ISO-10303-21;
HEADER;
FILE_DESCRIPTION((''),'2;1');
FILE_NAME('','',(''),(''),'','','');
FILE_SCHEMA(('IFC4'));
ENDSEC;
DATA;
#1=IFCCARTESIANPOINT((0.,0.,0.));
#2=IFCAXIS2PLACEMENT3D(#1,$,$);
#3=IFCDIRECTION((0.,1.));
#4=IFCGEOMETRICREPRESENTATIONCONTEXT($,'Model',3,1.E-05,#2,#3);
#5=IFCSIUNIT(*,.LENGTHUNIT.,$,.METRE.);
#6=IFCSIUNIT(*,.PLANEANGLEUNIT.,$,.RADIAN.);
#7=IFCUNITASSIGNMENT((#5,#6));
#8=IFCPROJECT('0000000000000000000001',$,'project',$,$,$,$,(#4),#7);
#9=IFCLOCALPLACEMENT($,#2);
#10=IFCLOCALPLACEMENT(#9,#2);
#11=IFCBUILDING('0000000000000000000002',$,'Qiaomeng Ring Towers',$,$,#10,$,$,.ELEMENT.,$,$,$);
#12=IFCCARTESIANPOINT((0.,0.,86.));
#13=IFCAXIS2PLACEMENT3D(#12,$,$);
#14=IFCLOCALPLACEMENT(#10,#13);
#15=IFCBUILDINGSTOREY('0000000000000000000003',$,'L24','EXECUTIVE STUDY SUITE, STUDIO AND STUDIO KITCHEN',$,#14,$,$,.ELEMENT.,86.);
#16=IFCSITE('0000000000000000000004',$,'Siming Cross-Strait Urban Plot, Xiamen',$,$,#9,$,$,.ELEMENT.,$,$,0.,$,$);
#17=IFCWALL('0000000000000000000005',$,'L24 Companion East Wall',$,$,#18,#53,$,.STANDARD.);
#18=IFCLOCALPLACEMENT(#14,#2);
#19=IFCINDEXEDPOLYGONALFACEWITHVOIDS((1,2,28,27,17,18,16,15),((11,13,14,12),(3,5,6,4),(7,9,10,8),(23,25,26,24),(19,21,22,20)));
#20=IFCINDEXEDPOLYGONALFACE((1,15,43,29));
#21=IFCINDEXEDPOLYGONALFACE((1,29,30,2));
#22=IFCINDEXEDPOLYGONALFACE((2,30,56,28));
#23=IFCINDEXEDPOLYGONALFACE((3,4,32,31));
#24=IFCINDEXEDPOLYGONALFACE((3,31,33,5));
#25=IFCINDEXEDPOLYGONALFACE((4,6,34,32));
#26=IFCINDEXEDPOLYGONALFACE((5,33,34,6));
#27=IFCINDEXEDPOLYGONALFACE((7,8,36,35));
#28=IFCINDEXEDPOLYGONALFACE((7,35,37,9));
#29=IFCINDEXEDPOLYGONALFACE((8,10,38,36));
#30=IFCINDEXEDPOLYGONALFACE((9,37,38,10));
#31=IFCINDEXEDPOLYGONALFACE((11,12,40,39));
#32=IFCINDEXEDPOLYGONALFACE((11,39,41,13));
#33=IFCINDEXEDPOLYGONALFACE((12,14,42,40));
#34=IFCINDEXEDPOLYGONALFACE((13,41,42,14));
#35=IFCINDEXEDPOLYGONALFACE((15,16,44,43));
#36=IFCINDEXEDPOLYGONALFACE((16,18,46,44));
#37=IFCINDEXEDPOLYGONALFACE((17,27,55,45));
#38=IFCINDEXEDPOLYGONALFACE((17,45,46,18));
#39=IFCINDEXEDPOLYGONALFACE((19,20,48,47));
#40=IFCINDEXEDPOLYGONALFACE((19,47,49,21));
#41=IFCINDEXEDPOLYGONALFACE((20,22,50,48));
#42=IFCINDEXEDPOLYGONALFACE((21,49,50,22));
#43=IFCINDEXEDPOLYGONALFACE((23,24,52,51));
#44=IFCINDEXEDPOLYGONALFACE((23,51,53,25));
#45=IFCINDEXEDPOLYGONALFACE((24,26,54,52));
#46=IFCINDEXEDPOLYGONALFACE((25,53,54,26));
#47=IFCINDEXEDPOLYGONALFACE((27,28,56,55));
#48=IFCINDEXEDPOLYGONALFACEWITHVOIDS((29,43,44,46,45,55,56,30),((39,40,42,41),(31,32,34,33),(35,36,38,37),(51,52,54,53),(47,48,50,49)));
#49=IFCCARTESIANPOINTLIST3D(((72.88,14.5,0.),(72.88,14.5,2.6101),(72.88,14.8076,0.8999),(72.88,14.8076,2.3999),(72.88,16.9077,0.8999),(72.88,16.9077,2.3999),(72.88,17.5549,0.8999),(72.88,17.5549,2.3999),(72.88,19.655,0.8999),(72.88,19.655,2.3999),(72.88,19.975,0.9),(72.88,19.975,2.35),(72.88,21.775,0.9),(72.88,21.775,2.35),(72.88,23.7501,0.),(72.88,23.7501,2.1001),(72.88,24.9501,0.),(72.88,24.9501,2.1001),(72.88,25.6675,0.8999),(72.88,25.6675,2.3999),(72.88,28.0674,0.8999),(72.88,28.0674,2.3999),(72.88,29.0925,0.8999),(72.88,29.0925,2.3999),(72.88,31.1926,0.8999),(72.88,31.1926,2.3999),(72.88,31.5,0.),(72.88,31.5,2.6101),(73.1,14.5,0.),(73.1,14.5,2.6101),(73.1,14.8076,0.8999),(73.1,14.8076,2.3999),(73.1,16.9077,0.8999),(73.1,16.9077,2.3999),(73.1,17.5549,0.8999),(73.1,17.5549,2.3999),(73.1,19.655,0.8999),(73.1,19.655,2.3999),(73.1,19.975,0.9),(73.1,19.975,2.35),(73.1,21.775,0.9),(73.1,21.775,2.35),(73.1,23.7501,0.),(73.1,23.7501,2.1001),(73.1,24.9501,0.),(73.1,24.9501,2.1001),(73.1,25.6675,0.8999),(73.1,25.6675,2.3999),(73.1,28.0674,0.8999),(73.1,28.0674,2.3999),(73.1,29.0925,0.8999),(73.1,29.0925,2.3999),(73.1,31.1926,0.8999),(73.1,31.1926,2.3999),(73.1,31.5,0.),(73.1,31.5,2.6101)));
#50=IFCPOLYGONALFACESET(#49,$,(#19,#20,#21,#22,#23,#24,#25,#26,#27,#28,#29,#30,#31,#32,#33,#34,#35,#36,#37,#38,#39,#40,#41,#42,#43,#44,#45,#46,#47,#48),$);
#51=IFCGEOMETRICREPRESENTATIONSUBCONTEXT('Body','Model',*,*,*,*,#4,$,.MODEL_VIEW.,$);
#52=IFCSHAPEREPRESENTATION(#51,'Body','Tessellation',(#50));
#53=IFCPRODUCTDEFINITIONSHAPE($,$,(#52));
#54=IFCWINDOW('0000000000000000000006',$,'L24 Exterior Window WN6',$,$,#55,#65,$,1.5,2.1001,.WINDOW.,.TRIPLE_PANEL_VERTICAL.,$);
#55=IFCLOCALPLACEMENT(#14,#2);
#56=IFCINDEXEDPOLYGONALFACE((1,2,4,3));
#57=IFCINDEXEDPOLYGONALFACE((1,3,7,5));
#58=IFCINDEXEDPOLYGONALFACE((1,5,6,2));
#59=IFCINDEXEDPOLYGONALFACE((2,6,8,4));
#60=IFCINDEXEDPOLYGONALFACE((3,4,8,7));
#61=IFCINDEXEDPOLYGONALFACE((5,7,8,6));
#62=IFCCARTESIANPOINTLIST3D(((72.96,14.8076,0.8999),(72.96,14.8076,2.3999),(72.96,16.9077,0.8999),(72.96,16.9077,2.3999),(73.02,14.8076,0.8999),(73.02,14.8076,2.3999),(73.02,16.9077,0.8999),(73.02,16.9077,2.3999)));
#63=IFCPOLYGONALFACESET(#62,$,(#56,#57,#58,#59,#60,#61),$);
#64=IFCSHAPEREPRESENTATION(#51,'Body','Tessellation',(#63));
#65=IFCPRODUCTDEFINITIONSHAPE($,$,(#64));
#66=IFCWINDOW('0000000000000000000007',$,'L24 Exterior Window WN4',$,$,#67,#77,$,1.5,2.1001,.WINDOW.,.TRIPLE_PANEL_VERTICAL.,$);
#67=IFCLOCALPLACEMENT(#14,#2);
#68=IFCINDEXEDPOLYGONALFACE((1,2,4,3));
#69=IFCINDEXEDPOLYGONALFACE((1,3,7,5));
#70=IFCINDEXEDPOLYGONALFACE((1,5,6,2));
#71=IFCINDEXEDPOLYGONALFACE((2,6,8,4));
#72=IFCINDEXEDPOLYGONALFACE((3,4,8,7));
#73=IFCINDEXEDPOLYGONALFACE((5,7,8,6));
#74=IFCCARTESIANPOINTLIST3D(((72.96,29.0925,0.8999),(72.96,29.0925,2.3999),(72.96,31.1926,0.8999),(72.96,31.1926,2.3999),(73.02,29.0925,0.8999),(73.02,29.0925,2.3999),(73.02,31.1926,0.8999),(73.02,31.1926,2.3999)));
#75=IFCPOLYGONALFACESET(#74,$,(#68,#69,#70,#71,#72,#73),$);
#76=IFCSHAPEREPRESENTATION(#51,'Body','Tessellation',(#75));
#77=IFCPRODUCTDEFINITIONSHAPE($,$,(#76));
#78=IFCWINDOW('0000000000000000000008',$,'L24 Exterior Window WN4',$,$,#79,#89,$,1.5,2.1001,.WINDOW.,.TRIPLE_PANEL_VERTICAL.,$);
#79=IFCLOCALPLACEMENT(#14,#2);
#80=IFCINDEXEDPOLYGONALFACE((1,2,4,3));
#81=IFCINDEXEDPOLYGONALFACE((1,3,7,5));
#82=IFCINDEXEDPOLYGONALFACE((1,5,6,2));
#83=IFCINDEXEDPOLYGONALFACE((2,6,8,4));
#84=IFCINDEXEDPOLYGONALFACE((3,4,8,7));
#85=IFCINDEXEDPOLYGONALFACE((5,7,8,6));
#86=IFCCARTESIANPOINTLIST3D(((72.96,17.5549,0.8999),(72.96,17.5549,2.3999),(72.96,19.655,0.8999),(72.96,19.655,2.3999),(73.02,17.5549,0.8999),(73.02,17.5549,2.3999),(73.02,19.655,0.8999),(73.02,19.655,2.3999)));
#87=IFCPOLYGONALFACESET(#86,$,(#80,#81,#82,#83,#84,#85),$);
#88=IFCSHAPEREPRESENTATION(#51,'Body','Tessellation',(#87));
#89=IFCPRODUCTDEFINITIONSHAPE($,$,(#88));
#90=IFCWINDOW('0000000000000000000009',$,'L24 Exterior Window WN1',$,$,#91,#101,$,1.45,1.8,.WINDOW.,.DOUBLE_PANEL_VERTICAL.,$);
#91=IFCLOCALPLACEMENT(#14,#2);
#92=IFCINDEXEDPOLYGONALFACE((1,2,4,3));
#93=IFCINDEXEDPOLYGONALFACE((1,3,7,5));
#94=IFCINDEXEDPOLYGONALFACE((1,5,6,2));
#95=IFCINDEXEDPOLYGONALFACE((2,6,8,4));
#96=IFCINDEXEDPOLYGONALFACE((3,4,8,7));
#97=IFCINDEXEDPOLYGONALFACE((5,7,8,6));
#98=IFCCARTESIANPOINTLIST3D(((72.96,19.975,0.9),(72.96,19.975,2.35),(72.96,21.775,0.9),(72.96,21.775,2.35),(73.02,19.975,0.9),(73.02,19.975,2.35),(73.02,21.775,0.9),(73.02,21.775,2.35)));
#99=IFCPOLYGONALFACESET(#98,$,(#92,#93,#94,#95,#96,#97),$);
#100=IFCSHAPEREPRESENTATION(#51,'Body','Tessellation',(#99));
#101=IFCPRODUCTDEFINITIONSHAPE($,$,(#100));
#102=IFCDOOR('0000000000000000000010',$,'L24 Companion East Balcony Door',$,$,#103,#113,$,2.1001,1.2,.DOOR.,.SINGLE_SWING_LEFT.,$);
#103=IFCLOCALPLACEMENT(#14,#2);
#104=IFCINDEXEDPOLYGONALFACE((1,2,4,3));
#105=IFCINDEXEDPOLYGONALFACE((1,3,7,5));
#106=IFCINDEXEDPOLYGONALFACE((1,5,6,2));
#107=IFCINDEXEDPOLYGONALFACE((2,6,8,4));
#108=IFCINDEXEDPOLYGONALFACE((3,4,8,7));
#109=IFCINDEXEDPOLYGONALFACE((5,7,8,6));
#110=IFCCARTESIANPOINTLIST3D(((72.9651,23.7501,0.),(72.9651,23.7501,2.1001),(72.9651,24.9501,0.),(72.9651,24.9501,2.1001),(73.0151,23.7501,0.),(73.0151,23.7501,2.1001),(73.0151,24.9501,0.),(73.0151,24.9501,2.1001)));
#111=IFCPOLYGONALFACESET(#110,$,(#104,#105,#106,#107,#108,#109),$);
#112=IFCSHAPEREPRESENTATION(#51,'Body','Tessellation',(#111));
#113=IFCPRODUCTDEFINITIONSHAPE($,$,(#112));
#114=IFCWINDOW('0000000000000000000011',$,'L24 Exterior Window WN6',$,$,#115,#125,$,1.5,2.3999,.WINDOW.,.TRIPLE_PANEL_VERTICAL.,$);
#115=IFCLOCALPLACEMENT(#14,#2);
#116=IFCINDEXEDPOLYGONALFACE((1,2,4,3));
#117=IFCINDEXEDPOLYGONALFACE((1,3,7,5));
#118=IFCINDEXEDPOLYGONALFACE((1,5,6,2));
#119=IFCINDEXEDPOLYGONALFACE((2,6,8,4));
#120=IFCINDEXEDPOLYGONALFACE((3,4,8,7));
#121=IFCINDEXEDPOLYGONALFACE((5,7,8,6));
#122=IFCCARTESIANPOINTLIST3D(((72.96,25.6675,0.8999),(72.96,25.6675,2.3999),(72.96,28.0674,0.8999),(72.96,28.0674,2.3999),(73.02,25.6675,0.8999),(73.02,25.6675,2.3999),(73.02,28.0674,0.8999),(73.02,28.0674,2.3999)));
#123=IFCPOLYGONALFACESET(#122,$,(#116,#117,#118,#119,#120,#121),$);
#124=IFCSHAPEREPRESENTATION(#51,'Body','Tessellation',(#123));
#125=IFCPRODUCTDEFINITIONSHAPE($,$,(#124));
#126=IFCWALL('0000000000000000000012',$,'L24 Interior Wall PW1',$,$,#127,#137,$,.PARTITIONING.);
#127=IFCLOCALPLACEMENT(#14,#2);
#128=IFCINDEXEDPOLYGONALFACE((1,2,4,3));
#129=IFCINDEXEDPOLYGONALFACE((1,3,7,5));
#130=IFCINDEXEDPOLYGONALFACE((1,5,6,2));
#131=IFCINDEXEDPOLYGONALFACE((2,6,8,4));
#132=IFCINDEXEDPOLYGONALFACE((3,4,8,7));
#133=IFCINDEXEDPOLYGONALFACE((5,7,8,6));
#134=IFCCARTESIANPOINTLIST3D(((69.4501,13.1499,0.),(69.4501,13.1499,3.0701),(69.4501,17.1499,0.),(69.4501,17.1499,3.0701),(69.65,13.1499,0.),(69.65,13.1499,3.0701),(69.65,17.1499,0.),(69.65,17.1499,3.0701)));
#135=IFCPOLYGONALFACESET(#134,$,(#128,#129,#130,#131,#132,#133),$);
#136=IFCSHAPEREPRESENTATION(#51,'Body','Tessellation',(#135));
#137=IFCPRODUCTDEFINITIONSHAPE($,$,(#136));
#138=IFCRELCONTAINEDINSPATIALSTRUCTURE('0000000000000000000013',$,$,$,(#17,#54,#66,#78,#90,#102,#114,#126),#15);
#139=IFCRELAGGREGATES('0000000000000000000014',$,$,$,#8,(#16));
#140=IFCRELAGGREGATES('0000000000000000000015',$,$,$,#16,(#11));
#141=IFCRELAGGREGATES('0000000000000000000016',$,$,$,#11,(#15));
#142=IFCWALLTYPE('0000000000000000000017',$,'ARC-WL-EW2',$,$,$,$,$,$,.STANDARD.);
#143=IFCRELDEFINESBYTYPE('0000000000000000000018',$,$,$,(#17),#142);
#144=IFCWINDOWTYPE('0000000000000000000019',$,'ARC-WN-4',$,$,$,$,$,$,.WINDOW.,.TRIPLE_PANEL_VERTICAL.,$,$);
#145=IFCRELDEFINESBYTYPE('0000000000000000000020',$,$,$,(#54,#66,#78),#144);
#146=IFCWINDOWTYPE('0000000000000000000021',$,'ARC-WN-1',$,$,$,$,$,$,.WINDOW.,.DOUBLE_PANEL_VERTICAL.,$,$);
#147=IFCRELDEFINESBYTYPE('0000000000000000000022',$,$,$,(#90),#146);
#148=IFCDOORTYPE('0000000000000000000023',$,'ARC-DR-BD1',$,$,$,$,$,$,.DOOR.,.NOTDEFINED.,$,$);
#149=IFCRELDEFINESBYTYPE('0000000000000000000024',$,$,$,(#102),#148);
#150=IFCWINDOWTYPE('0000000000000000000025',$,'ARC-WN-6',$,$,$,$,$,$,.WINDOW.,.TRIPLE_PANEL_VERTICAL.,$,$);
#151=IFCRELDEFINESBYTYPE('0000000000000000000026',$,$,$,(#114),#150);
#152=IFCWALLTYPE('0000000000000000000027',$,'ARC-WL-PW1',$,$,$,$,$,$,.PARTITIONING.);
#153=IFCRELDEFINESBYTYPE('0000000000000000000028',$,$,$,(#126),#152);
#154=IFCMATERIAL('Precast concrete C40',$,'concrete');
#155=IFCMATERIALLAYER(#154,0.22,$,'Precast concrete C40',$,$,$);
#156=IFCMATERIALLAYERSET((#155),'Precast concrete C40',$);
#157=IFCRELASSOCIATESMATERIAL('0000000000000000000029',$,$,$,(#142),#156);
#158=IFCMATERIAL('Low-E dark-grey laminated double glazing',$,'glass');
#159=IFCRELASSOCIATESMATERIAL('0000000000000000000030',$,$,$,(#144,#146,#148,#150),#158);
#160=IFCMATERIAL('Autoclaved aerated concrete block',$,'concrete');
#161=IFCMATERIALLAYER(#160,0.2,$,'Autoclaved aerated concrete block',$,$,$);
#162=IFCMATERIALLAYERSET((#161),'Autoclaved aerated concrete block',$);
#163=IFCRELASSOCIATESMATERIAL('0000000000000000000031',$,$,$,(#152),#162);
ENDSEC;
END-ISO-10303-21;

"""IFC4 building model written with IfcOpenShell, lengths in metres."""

from ifc_helpers import new_model, si_unit, direction, frame, frame_2d, origin, place, context, subcontext, project, spatial, rectangle, extrude, source, transform, mapped, material, layer, layer_set, type_object, element, fill, save


model = new_model("IFC4")

# Units and contexts
model_context = context("Model", 3, precision=1e-05, world=origin(), true_north=direction((0.0, 1.0)))
body_context = subcontext(model_context, "Body", "Model", "MODEL_VIEW")
ifc_project = project(units=[si_unit("LENGTHUNIT", "METRE"), si_unit("PLANEANGLEUNIT", "RADIAN")], contexts=[model_context])

# Site, building, storey
site_placement = place(None, origin())
site = spatial("IfcSite", under=ifc_project, at=site_placement, Name="Siming Cross-Strait Urban Plot, Xiamen", CompositionType="ELEMENT", RefElevation=0.0)
building_placement = place(site_placement, origin())
building = spatial("IfcBuilding", under=site, at=building_placement, Name="Qiaomeng Ring Towers", CompositionType="ELEMENT")
storey_placement = place(building_placement, frame((0.0, 0.0, 86.0)))
storey = spatial("IfcBuildingStorey", under=building, at=storey_placement, Name="L24", Description="EXECUTIVE STUDY SUITE, STUDIO AND STUDIO KITCHEN", CompositionType="ELEMENT", Elevation=86.0)

# Shared definitions
ifc_material_1 = material(Name="Low-E dark-grey laminated double glazing", Category="glass")

# Wall, openings, windows, door
ifc_material_2 = material(Name="Precast concrete C40", Category="concrete")
ifc_layer_1 = layer(ifc_material_2, 0.22, Name="Precast concrete C40")
ifc_layer_set_1 = layer_set([ifc_layer_1], Name="Precast concrete C40")
wall_type_1 = type_object("IfcWallType", Name="ARC-WL-EW2", PredefinedType="STANDARD", material=ifc_layer_set_1)
wall_1_placement = place(storey_placement, frame((72.99, 14.5, 0.0), z_axis=(0.0, 0.0, 1.0), x_axis=(0.0, 1.0, 0.0)))
wall_1 = element("IfcWall", 1, at=wall_1_placement, inside=storey, type_object=wall_type_1, Name="L24 Companion East Wall", PredefinedType="STANDARD", context=body_context, shape_type="SweptSolid", body=[
    extrude(rectangle(XDim=17.0, YDim=0.22, at=frame_2d((8.5, 0.0))), origin(), (0.0, 0.0, 1.0), 2.6101),
])
opening_1_placement = place(wall_1_placement, frame((9.25, 0.0, 0.0)))
opening_1 = element("IfcOpeningElement", 2, at=opening_1_placement, cuts=wall_1, PredefinedType="OPENING", context=body_context, shape_type="SweptSolid", body=[
    extrude(rectangle(XDim=1.2, YDim=2.1001, at=frame_2d((0.6001, 1.05))), frame((0.0, 0.1199, 0.0), z_axis=(0.0, -1.0, 0.0), x_axis=(1.0, 0.0, 0.0)), (0.0, 0.0, 1.0), 0.24),
])
opening_2_placement = place(wall_1_placement, frame((0.3076, 0.0, 0.8999)))
opening_2 = element("IfcOpeningElement", 3, at=opening_2_placement, cuts=wall_1, PredefinedType="OPENING", context=body_context, shape_type="SweptSolid", body=[
    extrude(rectangle(XDim=2.1001, YDim=1.5, at=frame_2d((1.05, 0.75))), frame((0.0, 0.1199, 0.0), z_axis=(0.0, -1.0, 0.0), x_axis=(1.0, 0.0, 0.0)), (0.0, 0.0, 1.0), 0.24),
])
opening_3_placement = place(wall_1_placement, frame((5.4751, 0.0, 0.8999)))
opening_3 = element("IfcOpeningElement", 4, at=opening_3_placement, cuts=wall_1, PredefinedType="OPENING", context=body_context, shape_type="SweptSolid", body=[
    extrude(rectangle(XDim=1.8, YDim=1.45, at=frame_2d((0.8999, 0.7251))), frame((0.0, 0.1199, 0.0), z_axis=(0.0, -1.0, 0.0), x_axis=(1.0, 0.0, 0.0)), (0.0, 0.0, 1.0), 0.24),
])
opening_4_placement = place(wall_1_placement, frame((14.5925, 0.0, 0.8999)))
opening_4 = element("IfcOpeningElement", 5, at=opening_4_placement, cuts=wall_1, PredefinedType="OPENING", context=body_context, shape_type="SweptSolid", body=[
    extrude(rectangle(XDim=2.1001, YDim=1.5, at=frame_2d((1.05, 0.75))), frame((0.0, 0.1199, 0.0), z_axis=(0.0, -1.0, 0.0), x_axis=(1.0, 0.0, 0.0)), (0.0, 0.0, 1.0), 0.24),
])
opening_5_placement = place(wall_1_placement, frame((3.0549, 0.0, 0.8999)))
opening_5 = element("IfcOpeningElement", 6, at=opening_5_placement, cuts=wall_1, PredefinedType="OPENING", context=body_context, shape_type="SweptSolid", body=[
    extrude(rectangle(XDim=2.1001, YDim=1.5, at=frame_2d((1.05, 0.75))), frame((0.0, 0.1199, 0.0), z_axis=(0.0, -1.0, 0.0), x_axis=(1.0, 0.0, 0.0)), (0.0, 0.0, 1.0), 0.24),
])
opening_6_placement = place(wall_1_placement, frame((11.1675, 0.0, 0.8999)))
opening_6 = element("IfcOpeningElement", 7, at=opening_6_placement, cuts=wall_1, PredefinedType="OPENING", context=body_context, shape_type="SweptSolid", body=[
    extrude(rectangle(XDim=2.3999, YDim=1.5, at=frame_2d((1.2, 0.75))), frame((0.0, 0.1199, 0.0), z_axis=(0.0, -1.0, 0.0), x_axis=(1.0, 0.0, 0.0)), (0.0, 0.0, 1.0), 0.24),
])
window_type_1 = type_object("IfcWindowType", Name="ARC-WN-4", PartitioningType="TRIPLE_PANEL_VERTICAL", PredefinedType="WINDOW", material=ifc_material_1)
shared_shape_1 = source(origin(), body_context, "Body", "SweptSolid", [
    extrude(rectangle(XDim=2.1001, YDim=1.5, at=frame_2d((1.05, 0.75))), frame((0.0, 0.03, 0.0), z_axis=(0.0, -1.0, 0.0), x_axis=(1.0, 0.0, 0.0)), (0.0, 0.0, 1.0), 0.0601),
])
window_1_placement = place(opening_2_placement, origin())
window_1 = element("IfcWindow", 8, at=window_1_placement, inside=storey, type_object=window_type_1, Name="L24 Exterior Window WN6", OverallHeight=1.5, OverallWidth=2.1001, PartitioningType="TRIPLE_PANEL_VERTICAL", PredefinedType="WINDOW", context=body_context, shape_type="MappedRepresentation", body=[
    mapped(shared_shape_1, transform((0.0, 0.0, 0.0), x_axis=(1.0, 0.0, 0.0), y_axis=(0.0, 1.0, 0.0), z_axis=(0.0, 0.0, 1.0), scale=1.0)),
])
fill(opening_2, window_1)
window_2_placement = place(opening_4_placement, origin())
window_2 = element("IfcWindow", 9, at=window_2_placement, inside=storey, type_object=window_type_1, Name="L24 Exterior Window WN4", OverallHeight=1.5, OverallWidth=2.1001, PartitioningType="TRIPLE_PANEL_VERTICAL", PredefinedType="WINDOW", context=body_context, shape_type="MappedRepresentation", body=[
    mapped(shared_shape_1, transform((0.0, 0.0, 0.0), x_axis=(1.0, 0.0, 0.0), y_axis=(0.0, 1.0, 0.0), z_axis=(0.0, 0.0, 1.0), scale=1.0)),
])
fill(opening_4, window_2)
window_3_placement = place(opening_5_placement, origin())
window_3 = element("IfcWindow", 10, at=window_3_placement, inside=storey, type_object=window_type_1, Name="L24 Exterior Window WN4", OverallHeight=1.5, OverallWidth=2.1001, PartitioningType="TRIPLE_PANEL_VERTICAL", PredefinedType="WINDOW", context=body_context, shape_type="MappedRepresentation", body=[
    mapped(shared_shape_1, transform((0.0, 0.0, 0.0), x_axis=(1.0, 0.0, 0.0), y_axis=(0.0, 1.0, 0.0), z_axis=(0.0, 0.0, 1.0), scale=1.0)),
])
fill(opening_5, window_3)
window_type_2 = type_object("IfcWindowType", Name="ARC-WN-1", PartitioningType="DOUBLE_PANEL_VERTICAL", PredefinedType="WINDOW", material=ifc_material_1)
shared_shape_2 = source(origin(), body_context, "Body", "SweptSolid", [
    extrude(rectangle(XDim=1.8, YDim=1.45, at=frame_2d((0.8999, 0.7251))), frame((0.0, 0.03, 0.0), z_axis=(0.0, -1.0, 0.0), x_axis=(1.0, 0.0, 0.0)), (0.0, 0.0, 1.0), 0.0601),
])
window_4_placement = place(opening_3_placement, origin())
window_4 = element("IfcWindow", 11, at=window_4_placement, inside=storey, type_object=window_type_2, Name="L24 Exterior Window WN1", OverallHeight=1.45, OverallWidth=1.8, PartitioningType="DOUBLE_PANEL_VERTICAL", PredefinedType="WINDOW", context=body_context, shape_type="MappedRepresentation", body=[
    mapped(shared_shape_2, transform((0.0, 0.0, 0.0), x_axis=(1.0, 0.0, 0.0), y_axis=(0.0, 1.0, 0.0), z_axis=(0.0, 0.0, 1.0), scale=1.0)),
])
fill(opening_3, window_4)
door_type_1 = type_object("IfcDoorType", Name="ARC-DR-BD1", OperationType="NOTDEFINED", PredefinedType="DOOR", material=ifc_material_1)
shared_shape_3 = source(origin(), body_context, "Body", "SweptSolid", [
    extrude(rectangle(XDim=1.2, YDim=2.1001, at=frame_2d((0.6001, 1.05))), frame((0.0, 0.0249, 0.0), z_axis=(0.0, -1.0, 0.0), x_axis=(1.0, 0.0, 0.0)), (0.0, 0.0, 1.0), 0.05),
])
door_1_placement = place(opening_1_placement, origin())
door_1 = element("IfcDoor", 12, at=door_1_placement, inside=storey, type_object=door_type_1, Name="L24 Companion East Balcony Door", OperationType="SINGLE_SWING_LEFT", OverallHeight=2.1001, OverallWidth=1.2, PredefinedType="DOOR", context=body_context, shape_type="MappedRepresentation", body=[
    mapped(shared_shape_3, transform((0.0, 0.0, 0.0), x_axis=(1.0, 0.0, 0.0), y_axis=(0.0, 1.0, 0.0), z_axis=(0.0, 0.0, 1.0), scale=1.0)),
])
fill(opening_1, door_1)
window_type_3 = type_object("IfcWindowType", Name="ARC-WN-6", PartitioningType="TRIPLE_PANEL_VERTICAL", PredefinedType="WINDOW", material=ifc_material_1)
shared_shape_4 = source(origin(), body_context, "Body", "SweptSolid", [
    extrude(rectangle(XDim=2.3999, YDim=1.5, at=frame_2d((1.2, 0.75))), frame((0.0, 0.03, 0.0), z_axis=(0.0, -1.0, 0.0), x_axis=(1.0, 0.0, 0.0)), (0.0, 0.0, 1.0), 0.0601),
])
window_5_placement = place(opening_6_placement, origin())
window_5 = element("IfcWindow", 13, at=window_5_placement, inside=storey, type_object=window_type_3, Name="L24 Exterior Window WN6", OverallHeight=1.5, OverallWidth=2.3999, PartitioningType="TRIPLE_PANEL_VERTICAL", PredefinedType="WINDOW", context=body_context, shape_type="MappedRepresentation", body=[
    mapped(shared_shape_4, transform((0.0, 0.0, 0.0), x_axis=(1.0, 0.0, 0.0), y_axis=(0.0, 1.0, 0.0), z_axis=(0.0, 0.0, 1.0), scale=1.0)),
])
fill(opening_6, window_5)

# Wall
ifc_material_3 = material(Name="Autoclaved aerated concrete block", Category="concrete")
ifc_layer_2 = layer(ifc_material_3, 0.2, Name="Autoclaved aerated concrete block")
ifc_layer_set_2 = layer_set([ifc_layer_2], Name="Autoclaved aerated concrete block")
wall_type_2 = type_object("IfcWallType", Name="ARC-WL-PW1", PredefinedType="PARTITIONING", material=ifc_layer_set_2)
wall_2_placement = place(storey_placement, frame((69.55, 13.1499, 0.0), z_axis=(0.0, 0.0, 1.0), x_axis=(0.0, 1.0, 0.0)))
element("IfcWall", 14, at=wall_2_placement, inside=storey, type_object=wall_type_2, Name="L24 Interior Wall PW1", PredefinedType="PARTITIONING", context=body_context, shape_type="SweptSolid", body=[
    extrude(rectangle(XDim=4.0, YDim=0.2, at=frame_2d((2.0, 0.0))), origin(), (0.0, 0.0, 1.0), 3.0701),
])

save(model, "model.ifc")
